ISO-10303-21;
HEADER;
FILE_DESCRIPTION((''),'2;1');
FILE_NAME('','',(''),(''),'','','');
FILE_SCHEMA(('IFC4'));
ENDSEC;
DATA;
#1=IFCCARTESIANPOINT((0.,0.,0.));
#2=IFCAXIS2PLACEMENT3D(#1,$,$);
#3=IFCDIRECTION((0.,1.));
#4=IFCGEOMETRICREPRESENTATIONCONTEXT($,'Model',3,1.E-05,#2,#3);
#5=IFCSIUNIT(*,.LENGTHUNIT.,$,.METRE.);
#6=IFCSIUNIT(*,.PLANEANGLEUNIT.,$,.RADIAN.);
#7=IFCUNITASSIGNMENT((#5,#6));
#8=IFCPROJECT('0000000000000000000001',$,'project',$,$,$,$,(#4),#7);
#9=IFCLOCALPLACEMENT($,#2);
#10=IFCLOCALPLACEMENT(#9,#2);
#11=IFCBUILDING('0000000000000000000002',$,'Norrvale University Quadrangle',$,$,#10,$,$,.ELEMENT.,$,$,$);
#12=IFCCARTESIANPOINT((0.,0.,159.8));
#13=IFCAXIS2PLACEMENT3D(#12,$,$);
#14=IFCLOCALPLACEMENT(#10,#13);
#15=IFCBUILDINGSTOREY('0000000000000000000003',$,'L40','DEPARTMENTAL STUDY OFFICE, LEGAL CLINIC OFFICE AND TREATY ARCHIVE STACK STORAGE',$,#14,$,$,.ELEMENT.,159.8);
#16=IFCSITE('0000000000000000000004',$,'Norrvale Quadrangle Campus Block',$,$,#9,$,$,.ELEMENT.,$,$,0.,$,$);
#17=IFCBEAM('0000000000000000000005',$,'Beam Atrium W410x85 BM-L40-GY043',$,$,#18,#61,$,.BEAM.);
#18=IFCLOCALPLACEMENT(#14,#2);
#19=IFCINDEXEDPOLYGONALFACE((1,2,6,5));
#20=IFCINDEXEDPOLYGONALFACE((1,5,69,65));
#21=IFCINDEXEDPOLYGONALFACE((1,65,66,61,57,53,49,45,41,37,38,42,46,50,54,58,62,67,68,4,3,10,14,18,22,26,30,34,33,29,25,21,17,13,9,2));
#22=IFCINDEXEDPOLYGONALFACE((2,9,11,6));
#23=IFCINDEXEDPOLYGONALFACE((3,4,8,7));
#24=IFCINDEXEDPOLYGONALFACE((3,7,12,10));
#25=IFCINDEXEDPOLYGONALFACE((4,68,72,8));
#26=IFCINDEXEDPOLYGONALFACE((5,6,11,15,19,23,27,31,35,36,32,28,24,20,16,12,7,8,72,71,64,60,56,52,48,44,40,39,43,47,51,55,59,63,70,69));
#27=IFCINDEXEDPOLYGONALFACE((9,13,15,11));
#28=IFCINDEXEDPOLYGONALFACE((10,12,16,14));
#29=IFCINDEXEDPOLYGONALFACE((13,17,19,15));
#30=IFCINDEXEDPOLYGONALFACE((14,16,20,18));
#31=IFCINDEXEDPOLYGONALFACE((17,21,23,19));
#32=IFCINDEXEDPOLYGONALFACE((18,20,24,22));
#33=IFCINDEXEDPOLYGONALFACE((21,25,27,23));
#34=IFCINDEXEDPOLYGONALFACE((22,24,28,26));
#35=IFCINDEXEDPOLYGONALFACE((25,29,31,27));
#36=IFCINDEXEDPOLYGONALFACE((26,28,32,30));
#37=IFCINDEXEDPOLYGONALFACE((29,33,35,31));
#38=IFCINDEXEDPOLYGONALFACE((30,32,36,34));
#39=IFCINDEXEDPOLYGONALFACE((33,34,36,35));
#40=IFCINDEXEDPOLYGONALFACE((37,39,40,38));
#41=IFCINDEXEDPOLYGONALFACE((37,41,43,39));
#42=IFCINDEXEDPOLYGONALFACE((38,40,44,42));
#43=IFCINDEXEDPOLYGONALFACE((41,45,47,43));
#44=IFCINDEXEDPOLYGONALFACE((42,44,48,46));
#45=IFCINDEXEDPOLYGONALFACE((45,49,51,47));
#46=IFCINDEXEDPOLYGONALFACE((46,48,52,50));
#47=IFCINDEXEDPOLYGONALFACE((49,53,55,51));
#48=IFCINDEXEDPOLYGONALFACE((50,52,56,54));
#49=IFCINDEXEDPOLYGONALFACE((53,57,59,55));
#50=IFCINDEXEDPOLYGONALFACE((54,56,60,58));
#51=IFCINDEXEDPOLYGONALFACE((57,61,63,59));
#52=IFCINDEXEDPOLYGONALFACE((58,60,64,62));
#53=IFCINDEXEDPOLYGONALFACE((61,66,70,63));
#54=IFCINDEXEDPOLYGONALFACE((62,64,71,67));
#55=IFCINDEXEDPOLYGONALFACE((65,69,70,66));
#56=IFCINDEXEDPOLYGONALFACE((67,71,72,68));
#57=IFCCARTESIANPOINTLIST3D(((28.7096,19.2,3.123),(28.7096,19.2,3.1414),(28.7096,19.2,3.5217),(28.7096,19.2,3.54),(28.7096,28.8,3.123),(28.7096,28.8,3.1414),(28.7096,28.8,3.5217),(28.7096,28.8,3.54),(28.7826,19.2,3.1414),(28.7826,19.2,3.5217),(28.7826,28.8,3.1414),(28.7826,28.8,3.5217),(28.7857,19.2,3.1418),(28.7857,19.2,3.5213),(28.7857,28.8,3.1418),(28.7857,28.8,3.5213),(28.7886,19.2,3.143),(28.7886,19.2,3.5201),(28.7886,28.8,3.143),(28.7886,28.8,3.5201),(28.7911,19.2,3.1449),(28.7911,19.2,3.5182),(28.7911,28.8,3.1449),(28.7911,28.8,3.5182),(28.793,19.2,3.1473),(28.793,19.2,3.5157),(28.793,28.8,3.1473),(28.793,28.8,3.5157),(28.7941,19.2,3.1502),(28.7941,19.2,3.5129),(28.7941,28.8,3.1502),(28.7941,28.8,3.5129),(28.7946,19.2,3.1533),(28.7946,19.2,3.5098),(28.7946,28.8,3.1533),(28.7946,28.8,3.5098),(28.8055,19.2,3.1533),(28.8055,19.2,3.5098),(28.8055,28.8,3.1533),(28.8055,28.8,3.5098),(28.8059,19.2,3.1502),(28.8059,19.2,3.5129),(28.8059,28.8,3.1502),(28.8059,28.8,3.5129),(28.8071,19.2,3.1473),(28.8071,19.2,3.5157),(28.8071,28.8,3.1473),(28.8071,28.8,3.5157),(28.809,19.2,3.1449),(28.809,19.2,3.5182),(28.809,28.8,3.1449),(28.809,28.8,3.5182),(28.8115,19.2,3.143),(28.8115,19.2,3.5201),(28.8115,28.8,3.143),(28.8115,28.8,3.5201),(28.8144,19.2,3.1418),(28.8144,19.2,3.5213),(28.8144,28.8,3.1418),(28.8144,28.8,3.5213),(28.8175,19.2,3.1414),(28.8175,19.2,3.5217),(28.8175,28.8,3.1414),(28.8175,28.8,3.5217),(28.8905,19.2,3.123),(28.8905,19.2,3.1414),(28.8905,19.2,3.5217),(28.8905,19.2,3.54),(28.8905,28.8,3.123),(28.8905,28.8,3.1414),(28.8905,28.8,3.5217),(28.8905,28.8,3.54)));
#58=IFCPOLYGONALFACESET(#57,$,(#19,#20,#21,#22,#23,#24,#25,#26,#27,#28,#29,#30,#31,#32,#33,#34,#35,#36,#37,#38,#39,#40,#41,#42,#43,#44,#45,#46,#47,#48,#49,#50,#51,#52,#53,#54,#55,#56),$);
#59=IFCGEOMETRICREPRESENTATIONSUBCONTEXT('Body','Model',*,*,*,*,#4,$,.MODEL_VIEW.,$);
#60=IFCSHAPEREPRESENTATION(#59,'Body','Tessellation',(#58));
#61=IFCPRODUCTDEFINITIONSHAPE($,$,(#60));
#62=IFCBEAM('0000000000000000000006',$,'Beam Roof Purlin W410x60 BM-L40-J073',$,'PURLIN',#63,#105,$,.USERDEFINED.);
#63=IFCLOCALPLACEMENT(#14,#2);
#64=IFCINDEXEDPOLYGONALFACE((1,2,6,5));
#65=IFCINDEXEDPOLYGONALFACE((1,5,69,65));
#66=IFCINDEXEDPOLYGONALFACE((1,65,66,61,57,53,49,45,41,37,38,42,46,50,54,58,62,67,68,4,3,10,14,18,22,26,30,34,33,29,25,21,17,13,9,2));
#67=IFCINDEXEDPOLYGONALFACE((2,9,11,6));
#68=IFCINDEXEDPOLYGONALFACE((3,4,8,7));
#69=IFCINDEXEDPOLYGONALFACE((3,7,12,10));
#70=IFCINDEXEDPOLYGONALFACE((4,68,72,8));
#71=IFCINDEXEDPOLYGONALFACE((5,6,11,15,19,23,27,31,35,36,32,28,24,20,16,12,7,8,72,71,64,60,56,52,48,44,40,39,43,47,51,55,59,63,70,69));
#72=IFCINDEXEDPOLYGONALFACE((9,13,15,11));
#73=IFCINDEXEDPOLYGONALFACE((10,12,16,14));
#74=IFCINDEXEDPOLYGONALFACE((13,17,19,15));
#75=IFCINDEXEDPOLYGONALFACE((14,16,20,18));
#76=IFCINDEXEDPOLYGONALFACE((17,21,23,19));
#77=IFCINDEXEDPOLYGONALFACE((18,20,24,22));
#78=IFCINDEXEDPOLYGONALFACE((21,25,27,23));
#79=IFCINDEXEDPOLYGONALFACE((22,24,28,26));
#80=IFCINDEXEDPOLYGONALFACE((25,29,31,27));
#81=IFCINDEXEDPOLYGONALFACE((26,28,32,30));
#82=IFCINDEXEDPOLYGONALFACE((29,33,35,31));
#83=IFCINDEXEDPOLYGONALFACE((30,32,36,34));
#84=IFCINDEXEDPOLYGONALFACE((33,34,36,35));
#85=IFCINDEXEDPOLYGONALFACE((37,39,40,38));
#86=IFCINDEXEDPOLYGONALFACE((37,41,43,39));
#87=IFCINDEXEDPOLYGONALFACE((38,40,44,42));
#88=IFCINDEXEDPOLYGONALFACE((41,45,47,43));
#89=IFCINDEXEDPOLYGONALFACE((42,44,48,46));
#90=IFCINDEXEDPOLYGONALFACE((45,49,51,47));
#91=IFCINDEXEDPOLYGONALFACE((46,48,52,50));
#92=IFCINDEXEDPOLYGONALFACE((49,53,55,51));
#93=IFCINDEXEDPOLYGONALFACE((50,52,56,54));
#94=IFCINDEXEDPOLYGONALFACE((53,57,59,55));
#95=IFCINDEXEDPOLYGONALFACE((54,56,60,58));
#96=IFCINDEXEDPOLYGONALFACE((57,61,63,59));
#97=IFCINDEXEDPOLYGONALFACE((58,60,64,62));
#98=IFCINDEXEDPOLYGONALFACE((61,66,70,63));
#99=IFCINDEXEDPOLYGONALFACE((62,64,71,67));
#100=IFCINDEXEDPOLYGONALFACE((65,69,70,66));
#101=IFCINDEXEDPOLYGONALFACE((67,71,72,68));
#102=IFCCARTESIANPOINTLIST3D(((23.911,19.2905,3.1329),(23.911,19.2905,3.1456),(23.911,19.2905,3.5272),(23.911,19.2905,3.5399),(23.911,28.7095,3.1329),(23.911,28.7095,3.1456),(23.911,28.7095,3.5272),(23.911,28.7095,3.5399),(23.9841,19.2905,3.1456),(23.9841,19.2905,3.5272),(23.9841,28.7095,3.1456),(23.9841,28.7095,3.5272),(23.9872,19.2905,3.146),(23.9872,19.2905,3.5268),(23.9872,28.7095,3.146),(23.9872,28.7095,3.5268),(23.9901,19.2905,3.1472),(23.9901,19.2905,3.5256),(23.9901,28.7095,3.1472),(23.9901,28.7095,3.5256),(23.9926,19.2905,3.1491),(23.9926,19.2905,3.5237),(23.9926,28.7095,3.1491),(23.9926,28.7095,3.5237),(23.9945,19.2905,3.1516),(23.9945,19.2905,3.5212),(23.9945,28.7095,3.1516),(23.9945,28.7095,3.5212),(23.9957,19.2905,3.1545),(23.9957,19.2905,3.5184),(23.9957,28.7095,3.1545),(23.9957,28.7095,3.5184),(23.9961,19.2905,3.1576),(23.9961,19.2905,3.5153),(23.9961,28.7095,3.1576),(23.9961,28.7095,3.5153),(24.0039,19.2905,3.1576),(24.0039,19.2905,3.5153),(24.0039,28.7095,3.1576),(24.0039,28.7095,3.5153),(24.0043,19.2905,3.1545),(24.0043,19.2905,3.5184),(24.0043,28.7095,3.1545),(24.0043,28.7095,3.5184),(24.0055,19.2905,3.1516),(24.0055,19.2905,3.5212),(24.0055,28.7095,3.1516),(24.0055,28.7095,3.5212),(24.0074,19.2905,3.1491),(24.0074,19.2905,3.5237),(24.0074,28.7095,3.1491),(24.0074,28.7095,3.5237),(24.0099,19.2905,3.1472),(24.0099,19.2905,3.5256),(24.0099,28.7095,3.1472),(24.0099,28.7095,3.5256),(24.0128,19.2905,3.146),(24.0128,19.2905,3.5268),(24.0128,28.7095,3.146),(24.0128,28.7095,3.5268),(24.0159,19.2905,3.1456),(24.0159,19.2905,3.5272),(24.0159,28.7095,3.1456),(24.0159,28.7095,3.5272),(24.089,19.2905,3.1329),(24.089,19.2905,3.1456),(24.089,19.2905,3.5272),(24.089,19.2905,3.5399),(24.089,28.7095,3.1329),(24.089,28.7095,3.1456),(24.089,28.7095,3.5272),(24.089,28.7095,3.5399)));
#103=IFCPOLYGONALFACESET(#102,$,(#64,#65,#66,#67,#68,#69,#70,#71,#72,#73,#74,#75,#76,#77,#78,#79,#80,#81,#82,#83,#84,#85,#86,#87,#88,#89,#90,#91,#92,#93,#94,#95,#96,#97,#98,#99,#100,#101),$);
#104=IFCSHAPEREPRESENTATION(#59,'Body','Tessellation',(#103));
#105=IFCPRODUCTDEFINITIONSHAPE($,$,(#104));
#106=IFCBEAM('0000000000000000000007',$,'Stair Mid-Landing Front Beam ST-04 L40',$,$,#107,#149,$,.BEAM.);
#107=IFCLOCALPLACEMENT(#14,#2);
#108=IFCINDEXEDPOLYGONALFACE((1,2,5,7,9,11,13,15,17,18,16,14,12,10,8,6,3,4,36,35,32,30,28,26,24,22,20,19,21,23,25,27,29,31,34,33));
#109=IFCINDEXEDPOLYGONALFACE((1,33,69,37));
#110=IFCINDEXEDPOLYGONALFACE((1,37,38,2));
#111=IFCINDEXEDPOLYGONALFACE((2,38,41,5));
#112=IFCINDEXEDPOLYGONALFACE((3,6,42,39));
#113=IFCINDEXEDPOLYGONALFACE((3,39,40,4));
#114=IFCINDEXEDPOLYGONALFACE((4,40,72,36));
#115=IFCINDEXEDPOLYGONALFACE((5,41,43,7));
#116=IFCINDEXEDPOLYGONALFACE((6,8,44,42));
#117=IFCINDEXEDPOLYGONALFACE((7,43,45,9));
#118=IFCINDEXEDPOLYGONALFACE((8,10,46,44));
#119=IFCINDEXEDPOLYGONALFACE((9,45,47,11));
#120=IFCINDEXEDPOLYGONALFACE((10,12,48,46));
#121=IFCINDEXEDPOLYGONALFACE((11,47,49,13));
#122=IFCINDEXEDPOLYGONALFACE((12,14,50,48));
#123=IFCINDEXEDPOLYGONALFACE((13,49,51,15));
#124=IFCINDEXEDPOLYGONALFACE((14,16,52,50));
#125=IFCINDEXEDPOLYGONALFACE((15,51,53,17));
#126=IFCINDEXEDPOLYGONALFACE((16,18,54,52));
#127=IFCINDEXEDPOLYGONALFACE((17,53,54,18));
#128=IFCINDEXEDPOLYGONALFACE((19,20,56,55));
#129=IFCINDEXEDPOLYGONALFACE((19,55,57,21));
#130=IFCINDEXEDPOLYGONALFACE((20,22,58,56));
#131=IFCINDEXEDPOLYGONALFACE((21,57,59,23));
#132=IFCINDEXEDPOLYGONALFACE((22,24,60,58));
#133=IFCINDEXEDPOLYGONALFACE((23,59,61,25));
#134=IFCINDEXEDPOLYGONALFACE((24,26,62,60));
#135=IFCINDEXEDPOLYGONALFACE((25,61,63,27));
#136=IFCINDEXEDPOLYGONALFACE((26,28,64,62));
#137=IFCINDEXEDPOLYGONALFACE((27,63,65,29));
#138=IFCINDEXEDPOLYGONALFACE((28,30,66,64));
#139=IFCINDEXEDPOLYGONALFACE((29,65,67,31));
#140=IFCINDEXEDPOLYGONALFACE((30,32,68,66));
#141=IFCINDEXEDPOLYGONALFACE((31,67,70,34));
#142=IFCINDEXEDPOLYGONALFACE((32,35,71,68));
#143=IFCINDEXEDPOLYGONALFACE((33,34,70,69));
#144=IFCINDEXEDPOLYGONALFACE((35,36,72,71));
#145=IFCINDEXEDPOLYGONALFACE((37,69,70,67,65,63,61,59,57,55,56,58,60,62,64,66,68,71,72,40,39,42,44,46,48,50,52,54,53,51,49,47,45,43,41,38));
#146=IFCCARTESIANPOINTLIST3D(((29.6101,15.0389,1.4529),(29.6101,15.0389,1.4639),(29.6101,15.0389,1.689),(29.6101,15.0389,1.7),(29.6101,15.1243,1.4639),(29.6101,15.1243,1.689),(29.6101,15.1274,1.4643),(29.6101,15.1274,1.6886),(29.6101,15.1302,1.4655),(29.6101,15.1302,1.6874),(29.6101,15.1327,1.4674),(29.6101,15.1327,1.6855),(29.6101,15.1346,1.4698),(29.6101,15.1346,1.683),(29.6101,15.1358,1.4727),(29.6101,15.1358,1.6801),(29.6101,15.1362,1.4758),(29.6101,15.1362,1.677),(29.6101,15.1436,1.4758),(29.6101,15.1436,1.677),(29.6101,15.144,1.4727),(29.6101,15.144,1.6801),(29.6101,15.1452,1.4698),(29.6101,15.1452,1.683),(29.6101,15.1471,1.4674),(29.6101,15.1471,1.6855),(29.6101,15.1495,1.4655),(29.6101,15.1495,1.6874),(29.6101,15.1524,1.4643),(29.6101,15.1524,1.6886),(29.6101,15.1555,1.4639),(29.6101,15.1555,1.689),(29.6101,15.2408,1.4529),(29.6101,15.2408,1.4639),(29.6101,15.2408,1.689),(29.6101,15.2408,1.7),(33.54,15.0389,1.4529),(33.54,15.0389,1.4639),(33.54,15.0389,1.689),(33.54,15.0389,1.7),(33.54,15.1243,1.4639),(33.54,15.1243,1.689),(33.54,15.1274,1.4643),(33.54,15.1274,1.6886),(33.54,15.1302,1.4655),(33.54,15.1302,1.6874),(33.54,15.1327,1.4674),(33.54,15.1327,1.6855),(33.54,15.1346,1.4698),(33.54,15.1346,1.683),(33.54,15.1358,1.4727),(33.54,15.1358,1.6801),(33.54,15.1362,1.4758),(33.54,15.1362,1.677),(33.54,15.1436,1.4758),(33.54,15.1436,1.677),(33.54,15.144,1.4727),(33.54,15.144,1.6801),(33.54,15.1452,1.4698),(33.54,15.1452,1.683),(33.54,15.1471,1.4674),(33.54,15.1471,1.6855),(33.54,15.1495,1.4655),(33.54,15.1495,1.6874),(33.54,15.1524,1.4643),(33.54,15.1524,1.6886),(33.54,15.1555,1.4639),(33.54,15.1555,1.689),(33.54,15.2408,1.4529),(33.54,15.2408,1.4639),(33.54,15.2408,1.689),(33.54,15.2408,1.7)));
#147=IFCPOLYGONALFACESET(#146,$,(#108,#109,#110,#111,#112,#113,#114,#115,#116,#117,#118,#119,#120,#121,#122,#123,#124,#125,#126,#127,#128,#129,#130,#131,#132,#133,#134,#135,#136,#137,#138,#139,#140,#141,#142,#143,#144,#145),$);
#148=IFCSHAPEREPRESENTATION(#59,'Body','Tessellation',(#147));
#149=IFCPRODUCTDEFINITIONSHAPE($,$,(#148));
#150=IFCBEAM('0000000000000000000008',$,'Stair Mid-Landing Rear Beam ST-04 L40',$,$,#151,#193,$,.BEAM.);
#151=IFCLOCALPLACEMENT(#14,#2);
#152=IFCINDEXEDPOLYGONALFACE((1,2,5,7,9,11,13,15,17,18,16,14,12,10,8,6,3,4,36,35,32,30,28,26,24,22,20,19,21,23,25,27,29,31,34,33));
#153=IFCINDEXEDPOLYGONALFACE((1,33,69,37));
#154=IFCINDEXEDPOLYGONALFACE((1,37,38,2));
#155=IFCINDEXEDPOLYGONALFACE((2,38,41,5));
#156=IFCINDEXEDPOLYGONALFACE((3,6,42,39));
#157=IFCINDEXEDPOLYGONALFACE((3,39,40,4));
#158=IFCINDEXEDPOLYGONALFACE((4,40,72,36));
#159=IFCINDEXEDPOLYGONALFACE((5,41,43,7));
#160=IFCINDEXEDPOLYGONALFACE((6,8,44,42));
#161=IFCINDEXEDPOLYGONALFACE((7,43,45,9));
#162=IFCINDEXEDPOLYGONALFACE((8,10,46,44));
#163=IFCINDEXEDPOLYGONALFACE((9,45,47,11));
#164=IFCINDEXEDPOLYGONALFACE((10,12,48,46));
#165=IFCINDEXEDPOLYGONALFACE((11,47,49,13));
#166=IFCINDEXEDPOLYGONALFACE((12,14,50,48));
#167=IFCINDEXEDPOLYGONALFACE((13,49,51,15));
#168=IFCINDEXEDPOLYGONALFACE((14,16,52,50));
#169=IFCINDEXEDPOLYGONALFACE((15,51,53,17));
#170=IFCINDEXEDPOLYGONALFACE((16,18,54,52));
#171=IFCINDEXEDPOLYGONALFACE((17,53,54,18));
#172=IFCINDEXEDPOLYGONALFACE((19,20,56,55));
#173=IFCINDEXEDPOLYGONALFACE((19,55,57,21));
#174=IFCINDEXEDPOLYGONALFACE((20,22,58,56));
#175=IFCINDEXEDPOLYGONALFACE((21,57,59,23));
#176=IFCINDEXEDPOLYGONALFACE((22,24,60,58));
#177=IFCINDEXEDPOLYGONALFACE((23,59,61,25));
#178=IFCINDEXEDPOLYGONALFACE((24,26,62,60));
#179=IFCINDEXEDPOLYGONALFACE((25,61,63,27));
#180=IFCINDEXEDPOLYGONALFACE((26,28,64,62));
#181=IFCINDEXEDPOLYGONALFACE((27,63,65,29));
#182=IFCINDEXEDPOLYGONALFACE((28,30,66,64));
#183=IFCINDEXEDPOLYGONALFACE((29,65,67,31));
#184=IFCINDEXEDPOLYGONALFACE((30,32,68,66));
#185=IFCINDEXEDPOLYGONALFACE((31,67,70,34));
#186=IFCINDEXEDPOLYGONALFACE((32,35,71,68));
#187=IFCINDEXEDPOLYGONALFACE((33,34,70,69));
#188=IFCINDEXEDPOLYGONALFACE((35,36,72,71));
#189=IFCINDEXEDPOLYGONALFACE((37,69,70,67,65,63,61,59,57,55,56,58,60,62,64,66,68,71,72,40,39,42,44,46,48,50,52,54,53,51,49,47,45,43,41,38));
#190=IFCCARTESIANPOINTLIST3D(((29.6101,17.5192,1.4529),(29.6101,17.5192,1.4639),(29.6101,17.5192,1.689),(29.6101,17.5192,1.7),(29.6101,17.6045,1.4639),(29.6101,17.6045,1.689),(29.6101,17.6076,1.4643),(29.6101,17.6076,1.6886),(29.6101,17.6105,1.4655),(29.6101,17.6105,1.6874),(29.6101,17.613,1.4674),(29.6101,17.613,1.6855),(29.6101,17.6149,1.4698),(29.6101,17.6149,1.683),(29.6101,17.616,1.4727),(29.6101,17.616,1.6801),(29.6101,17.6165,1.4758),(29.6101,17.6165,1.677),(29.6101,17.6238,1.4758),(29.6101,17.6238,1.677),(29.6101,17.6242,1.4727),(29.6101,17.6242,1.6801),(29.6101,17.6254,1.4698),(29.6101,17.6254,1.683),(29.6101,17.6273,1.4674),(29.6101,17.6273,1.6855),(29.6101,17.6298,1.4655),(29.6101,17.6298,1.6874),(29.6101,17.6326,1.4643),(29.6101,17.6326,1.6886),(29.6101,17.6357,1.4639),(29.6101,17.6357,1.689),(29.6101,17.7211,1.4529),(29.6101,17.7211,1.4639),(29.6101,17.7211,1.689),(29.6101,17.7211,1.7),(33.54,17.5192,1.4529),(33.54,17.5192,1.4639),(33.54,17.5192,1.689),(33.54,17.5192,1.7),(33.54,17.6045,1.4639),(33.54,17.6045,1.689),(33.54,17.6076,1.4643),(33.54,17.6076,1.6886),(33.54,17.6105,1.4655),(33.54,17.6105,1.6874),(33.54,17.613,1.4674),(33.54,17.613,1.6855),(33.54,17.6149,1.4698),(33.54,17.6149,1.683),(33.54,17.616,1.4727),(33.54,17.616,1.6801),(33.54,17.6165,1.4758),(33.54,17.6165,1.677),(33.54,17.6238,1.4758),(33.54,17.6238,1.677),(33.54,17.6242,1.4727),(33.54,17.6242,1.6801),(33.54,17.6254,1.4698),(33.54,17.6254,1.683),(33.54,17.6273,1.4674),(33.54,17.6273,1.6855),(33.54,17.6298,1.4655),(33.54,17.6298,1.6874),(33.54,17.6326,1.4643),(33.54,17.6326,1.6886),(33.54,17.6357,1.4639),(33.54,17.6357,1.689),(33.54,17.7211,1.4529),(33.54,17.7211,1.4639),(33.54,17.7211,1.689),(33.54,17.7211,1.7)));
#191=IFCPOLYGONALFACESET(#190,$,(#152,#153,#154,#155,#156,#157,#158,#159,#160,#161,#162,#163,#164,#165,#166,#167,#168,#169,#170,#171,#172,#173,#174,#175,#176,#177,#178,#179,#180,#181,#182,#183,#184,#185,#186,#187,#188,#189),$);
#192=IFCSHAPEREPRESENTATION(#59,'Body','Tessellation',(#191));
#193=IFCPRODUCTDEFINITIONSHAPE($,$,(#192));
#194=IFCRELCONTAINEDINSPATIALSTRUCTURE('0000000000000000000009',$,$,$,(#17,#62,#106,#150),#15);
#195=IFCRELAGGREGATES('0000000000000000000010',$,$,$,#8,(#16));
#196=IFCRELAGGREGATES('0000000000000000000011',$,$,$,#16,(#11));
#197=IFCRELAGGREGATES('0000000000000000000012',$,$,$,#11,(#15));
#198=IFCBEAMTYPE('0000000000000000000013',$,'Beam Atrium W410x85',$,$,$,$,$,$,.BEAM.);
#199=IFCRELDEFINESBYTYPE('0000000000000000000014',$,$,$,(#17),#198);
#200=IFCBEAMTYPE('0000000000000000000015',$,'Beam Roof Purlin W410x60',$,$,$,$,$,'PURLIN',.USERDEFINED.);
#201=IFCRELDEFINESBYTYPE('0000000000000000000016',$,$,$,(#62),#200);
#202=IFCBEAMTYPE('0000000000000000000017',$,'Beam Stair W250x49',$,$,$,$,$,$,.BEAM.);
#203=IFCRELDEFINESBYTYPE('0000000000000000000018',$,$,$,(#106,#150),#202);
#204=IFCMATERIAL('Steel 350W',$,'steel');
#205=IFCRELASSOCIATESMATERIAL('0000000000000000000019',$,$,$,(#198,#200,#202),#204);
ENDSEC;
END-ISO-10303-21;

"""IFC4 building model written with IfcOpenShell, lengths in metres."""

from ifc_helpers import new_model, si_unit, direction, frame, origin, origin_2d, place, context, subcontext, project, spatial, i_section, extrude, material, material_profile, profile_set, type_object, element, save


model = new_model("IFC4")

# Units and contexts
model_context = context("Model", 3, precision=1e-05, world=origin(), true_north=direction((0.0, 1.0)))
body_context = subcontext(model_context, "Body", "Model", "MODEL_VIEW")
ifc_project = project(units=[si_unit("LENGTHUNIT", "METRE"), si_unit("PLANEANGLEUNIT", "RADIAN")], contexts=[model_context])

# Site, building, storey
site_placement = place(None, origin())
site = spatial("IfcSite", under=ifc_project, at=site_placement, Name="Norrvale Quadrangle Campus Block", CompositionType="ELEMENT", RefElevation=0.0)
building_placement = place(site_placement, origin())
building = spatial("IfcBuilding", under=site, at=building_placement, Name="Norrvale University Quadrangle", CompositionType="ELEMENT")
storey_placement = place(building_placement, frame((0.0, 0.0, 159.8)))
storey = spatial("IfcBuildingStorey", under=building, at=storey_placement, Name="L40", Description="DEPARTMENTAL STUDY OFFICE, LEGAL CLINIC OFFICE AND TREATY ARCHIVE STACK STORAGE", CompositionType="ELEMENT", Elevation=159.8)

# Beams
ifc_material_1 = material(Name="Steel 350W", Category="steel")
ifc_material_profile_1 = material_profile(ifc_material_1, i_section(OverallWidth=0.1809, OverallDepth=0.417, WebThickness=0.011, FlangeThickness=0.0183, FilletRadius=0.012, at=origin_2d()), Name="Steel 350W")
ifc_profile_set_1 = profile_set([ifc_material_profile_1], Name="Steel 350W")
beam_type_1 = type_object("IfcBeamType", Name="Beam Atrium W410x85", PredefinedType="BEAM", material=ifc_profile_set_1)
for number, where, z_axis, x_axis, name in (
    (1, (28.8, 19.2, 3.3315), (0.0, 1.0, 0.0), (-1.0, 0.0, 0.0), "Beam Atrium W410x85 BM-L40-GY043"),
):
    element("IfcBeam", number, at=place(storey_placement, frame(where, z_axis=z_axis, x_axis=x_axis)), inside=storey, type_object=beam_type_1, Name=name, PredefinedType="BEAM", context=body_context, shape_type="SweptSolid", body=[
        extrude(i_section(OverallWidth=0.1809, OverallDepth=0.417, WebThickness=0.011, FlangeThickness=0.0183, FilletRadius=0.012, at=origin_2d()), origin(), (0.0, 0.0, 1.0), 9.6001),
    ])
ifc_material_profile_2 = material_profile(ifc_material_1, i_section(OverallWidth=0.178, OverallDepth=0.407, WebThickness=0.0078, FlangeThickness=0.0127, FilletRadius=0.012, at=origin_2d()), Name="Steel 350W")
ifc_profile_set_2 = profile_set([ifc_material_profile_2], Name="Steel 350W")
beam_type_2 = type_object("IfcBeamType", Name="Beam Roof Purlin W410x60", ElementType="PURLIN", PredefinedType="USERDEFINED", material=ifc_profile_set_2)
beam_1_placement = place(storey_placement, frame((24.0, 19.2905, 3.3364), z_axis=(0.0, 1.0, 0.0), x_axis=(-1.0, 0.0, 0.0)))
element("IfcBeam", 2, at=beam_1_placement, inside=storey, type_object=beam_type_2, Name="Beam Roof Purlin W410x60 BM-L40-J073", ObjectType="PURLIN", PredefinedType="USERDEFINED", context=body_context, shape_type="SweptSolid", body=[
    extrude(i_section(OverallWidth=0.178, OverallDepth=0.407, WebThickness=0.0078, FlangeThickness=0.0127, FilletRadius=0.012, at=origin_2d()), origin(), (0.0, 0.0, 1.0), 9.4189),
])
ifc_material_profile_3 = material_profile(ifc_material_1, i_section(OverallWidth=0.2019, OverallDepth=0.2471, WebThickness=0.0073, FlangeThickness=0.011, FilletRadius=0.012, at=origin_2d()), Name="Steel 350W")
ifc_profile_set_3 = profile_set([ifc_material_profile_3], Name="Steel 350W")
beam_type_3 = type_object("IfcBeamType", Name="Beam Stair W250x49", PredefinedType="BEAM", material=ifc_profile_set_3)
for number, where, z_axis, x_axis, name in (
    (3, (29.6101, 15.1399, 1.5764), (1.0, 0.0, 0.0), (0.0, 1.0, 0.0), "Stair Mid-Landing Front Beam ST-04 L40"),
    (4, (29.6101, 17.6201, 1.5764), (1.0, 0.0, 0.0), (0.0, 1.0, 0.0), "Stair Mid-Landing Rear Beam ST-04 L40"),
):
    element("IfcBeam", number, at=place(storey_placement, frame(where, z_axis=z_axis, x_axis=x_axis)), inside=storey, type_object=beam_type_3, Name=name, PredefinedType="BEAM", context=body_context, shape_type="SweptSolid", body=[
        extrude(i_section(OverallWidth=0.2019, OverallDepth=0.2471, WebThickness=0.0073, FlangeThickness=0.011, FilletRadius=0.012, at=origin_2d()), origin(), (0.0, 0.0, 1.0), 3.9299),
    ])

save(model, "model.ifc")
